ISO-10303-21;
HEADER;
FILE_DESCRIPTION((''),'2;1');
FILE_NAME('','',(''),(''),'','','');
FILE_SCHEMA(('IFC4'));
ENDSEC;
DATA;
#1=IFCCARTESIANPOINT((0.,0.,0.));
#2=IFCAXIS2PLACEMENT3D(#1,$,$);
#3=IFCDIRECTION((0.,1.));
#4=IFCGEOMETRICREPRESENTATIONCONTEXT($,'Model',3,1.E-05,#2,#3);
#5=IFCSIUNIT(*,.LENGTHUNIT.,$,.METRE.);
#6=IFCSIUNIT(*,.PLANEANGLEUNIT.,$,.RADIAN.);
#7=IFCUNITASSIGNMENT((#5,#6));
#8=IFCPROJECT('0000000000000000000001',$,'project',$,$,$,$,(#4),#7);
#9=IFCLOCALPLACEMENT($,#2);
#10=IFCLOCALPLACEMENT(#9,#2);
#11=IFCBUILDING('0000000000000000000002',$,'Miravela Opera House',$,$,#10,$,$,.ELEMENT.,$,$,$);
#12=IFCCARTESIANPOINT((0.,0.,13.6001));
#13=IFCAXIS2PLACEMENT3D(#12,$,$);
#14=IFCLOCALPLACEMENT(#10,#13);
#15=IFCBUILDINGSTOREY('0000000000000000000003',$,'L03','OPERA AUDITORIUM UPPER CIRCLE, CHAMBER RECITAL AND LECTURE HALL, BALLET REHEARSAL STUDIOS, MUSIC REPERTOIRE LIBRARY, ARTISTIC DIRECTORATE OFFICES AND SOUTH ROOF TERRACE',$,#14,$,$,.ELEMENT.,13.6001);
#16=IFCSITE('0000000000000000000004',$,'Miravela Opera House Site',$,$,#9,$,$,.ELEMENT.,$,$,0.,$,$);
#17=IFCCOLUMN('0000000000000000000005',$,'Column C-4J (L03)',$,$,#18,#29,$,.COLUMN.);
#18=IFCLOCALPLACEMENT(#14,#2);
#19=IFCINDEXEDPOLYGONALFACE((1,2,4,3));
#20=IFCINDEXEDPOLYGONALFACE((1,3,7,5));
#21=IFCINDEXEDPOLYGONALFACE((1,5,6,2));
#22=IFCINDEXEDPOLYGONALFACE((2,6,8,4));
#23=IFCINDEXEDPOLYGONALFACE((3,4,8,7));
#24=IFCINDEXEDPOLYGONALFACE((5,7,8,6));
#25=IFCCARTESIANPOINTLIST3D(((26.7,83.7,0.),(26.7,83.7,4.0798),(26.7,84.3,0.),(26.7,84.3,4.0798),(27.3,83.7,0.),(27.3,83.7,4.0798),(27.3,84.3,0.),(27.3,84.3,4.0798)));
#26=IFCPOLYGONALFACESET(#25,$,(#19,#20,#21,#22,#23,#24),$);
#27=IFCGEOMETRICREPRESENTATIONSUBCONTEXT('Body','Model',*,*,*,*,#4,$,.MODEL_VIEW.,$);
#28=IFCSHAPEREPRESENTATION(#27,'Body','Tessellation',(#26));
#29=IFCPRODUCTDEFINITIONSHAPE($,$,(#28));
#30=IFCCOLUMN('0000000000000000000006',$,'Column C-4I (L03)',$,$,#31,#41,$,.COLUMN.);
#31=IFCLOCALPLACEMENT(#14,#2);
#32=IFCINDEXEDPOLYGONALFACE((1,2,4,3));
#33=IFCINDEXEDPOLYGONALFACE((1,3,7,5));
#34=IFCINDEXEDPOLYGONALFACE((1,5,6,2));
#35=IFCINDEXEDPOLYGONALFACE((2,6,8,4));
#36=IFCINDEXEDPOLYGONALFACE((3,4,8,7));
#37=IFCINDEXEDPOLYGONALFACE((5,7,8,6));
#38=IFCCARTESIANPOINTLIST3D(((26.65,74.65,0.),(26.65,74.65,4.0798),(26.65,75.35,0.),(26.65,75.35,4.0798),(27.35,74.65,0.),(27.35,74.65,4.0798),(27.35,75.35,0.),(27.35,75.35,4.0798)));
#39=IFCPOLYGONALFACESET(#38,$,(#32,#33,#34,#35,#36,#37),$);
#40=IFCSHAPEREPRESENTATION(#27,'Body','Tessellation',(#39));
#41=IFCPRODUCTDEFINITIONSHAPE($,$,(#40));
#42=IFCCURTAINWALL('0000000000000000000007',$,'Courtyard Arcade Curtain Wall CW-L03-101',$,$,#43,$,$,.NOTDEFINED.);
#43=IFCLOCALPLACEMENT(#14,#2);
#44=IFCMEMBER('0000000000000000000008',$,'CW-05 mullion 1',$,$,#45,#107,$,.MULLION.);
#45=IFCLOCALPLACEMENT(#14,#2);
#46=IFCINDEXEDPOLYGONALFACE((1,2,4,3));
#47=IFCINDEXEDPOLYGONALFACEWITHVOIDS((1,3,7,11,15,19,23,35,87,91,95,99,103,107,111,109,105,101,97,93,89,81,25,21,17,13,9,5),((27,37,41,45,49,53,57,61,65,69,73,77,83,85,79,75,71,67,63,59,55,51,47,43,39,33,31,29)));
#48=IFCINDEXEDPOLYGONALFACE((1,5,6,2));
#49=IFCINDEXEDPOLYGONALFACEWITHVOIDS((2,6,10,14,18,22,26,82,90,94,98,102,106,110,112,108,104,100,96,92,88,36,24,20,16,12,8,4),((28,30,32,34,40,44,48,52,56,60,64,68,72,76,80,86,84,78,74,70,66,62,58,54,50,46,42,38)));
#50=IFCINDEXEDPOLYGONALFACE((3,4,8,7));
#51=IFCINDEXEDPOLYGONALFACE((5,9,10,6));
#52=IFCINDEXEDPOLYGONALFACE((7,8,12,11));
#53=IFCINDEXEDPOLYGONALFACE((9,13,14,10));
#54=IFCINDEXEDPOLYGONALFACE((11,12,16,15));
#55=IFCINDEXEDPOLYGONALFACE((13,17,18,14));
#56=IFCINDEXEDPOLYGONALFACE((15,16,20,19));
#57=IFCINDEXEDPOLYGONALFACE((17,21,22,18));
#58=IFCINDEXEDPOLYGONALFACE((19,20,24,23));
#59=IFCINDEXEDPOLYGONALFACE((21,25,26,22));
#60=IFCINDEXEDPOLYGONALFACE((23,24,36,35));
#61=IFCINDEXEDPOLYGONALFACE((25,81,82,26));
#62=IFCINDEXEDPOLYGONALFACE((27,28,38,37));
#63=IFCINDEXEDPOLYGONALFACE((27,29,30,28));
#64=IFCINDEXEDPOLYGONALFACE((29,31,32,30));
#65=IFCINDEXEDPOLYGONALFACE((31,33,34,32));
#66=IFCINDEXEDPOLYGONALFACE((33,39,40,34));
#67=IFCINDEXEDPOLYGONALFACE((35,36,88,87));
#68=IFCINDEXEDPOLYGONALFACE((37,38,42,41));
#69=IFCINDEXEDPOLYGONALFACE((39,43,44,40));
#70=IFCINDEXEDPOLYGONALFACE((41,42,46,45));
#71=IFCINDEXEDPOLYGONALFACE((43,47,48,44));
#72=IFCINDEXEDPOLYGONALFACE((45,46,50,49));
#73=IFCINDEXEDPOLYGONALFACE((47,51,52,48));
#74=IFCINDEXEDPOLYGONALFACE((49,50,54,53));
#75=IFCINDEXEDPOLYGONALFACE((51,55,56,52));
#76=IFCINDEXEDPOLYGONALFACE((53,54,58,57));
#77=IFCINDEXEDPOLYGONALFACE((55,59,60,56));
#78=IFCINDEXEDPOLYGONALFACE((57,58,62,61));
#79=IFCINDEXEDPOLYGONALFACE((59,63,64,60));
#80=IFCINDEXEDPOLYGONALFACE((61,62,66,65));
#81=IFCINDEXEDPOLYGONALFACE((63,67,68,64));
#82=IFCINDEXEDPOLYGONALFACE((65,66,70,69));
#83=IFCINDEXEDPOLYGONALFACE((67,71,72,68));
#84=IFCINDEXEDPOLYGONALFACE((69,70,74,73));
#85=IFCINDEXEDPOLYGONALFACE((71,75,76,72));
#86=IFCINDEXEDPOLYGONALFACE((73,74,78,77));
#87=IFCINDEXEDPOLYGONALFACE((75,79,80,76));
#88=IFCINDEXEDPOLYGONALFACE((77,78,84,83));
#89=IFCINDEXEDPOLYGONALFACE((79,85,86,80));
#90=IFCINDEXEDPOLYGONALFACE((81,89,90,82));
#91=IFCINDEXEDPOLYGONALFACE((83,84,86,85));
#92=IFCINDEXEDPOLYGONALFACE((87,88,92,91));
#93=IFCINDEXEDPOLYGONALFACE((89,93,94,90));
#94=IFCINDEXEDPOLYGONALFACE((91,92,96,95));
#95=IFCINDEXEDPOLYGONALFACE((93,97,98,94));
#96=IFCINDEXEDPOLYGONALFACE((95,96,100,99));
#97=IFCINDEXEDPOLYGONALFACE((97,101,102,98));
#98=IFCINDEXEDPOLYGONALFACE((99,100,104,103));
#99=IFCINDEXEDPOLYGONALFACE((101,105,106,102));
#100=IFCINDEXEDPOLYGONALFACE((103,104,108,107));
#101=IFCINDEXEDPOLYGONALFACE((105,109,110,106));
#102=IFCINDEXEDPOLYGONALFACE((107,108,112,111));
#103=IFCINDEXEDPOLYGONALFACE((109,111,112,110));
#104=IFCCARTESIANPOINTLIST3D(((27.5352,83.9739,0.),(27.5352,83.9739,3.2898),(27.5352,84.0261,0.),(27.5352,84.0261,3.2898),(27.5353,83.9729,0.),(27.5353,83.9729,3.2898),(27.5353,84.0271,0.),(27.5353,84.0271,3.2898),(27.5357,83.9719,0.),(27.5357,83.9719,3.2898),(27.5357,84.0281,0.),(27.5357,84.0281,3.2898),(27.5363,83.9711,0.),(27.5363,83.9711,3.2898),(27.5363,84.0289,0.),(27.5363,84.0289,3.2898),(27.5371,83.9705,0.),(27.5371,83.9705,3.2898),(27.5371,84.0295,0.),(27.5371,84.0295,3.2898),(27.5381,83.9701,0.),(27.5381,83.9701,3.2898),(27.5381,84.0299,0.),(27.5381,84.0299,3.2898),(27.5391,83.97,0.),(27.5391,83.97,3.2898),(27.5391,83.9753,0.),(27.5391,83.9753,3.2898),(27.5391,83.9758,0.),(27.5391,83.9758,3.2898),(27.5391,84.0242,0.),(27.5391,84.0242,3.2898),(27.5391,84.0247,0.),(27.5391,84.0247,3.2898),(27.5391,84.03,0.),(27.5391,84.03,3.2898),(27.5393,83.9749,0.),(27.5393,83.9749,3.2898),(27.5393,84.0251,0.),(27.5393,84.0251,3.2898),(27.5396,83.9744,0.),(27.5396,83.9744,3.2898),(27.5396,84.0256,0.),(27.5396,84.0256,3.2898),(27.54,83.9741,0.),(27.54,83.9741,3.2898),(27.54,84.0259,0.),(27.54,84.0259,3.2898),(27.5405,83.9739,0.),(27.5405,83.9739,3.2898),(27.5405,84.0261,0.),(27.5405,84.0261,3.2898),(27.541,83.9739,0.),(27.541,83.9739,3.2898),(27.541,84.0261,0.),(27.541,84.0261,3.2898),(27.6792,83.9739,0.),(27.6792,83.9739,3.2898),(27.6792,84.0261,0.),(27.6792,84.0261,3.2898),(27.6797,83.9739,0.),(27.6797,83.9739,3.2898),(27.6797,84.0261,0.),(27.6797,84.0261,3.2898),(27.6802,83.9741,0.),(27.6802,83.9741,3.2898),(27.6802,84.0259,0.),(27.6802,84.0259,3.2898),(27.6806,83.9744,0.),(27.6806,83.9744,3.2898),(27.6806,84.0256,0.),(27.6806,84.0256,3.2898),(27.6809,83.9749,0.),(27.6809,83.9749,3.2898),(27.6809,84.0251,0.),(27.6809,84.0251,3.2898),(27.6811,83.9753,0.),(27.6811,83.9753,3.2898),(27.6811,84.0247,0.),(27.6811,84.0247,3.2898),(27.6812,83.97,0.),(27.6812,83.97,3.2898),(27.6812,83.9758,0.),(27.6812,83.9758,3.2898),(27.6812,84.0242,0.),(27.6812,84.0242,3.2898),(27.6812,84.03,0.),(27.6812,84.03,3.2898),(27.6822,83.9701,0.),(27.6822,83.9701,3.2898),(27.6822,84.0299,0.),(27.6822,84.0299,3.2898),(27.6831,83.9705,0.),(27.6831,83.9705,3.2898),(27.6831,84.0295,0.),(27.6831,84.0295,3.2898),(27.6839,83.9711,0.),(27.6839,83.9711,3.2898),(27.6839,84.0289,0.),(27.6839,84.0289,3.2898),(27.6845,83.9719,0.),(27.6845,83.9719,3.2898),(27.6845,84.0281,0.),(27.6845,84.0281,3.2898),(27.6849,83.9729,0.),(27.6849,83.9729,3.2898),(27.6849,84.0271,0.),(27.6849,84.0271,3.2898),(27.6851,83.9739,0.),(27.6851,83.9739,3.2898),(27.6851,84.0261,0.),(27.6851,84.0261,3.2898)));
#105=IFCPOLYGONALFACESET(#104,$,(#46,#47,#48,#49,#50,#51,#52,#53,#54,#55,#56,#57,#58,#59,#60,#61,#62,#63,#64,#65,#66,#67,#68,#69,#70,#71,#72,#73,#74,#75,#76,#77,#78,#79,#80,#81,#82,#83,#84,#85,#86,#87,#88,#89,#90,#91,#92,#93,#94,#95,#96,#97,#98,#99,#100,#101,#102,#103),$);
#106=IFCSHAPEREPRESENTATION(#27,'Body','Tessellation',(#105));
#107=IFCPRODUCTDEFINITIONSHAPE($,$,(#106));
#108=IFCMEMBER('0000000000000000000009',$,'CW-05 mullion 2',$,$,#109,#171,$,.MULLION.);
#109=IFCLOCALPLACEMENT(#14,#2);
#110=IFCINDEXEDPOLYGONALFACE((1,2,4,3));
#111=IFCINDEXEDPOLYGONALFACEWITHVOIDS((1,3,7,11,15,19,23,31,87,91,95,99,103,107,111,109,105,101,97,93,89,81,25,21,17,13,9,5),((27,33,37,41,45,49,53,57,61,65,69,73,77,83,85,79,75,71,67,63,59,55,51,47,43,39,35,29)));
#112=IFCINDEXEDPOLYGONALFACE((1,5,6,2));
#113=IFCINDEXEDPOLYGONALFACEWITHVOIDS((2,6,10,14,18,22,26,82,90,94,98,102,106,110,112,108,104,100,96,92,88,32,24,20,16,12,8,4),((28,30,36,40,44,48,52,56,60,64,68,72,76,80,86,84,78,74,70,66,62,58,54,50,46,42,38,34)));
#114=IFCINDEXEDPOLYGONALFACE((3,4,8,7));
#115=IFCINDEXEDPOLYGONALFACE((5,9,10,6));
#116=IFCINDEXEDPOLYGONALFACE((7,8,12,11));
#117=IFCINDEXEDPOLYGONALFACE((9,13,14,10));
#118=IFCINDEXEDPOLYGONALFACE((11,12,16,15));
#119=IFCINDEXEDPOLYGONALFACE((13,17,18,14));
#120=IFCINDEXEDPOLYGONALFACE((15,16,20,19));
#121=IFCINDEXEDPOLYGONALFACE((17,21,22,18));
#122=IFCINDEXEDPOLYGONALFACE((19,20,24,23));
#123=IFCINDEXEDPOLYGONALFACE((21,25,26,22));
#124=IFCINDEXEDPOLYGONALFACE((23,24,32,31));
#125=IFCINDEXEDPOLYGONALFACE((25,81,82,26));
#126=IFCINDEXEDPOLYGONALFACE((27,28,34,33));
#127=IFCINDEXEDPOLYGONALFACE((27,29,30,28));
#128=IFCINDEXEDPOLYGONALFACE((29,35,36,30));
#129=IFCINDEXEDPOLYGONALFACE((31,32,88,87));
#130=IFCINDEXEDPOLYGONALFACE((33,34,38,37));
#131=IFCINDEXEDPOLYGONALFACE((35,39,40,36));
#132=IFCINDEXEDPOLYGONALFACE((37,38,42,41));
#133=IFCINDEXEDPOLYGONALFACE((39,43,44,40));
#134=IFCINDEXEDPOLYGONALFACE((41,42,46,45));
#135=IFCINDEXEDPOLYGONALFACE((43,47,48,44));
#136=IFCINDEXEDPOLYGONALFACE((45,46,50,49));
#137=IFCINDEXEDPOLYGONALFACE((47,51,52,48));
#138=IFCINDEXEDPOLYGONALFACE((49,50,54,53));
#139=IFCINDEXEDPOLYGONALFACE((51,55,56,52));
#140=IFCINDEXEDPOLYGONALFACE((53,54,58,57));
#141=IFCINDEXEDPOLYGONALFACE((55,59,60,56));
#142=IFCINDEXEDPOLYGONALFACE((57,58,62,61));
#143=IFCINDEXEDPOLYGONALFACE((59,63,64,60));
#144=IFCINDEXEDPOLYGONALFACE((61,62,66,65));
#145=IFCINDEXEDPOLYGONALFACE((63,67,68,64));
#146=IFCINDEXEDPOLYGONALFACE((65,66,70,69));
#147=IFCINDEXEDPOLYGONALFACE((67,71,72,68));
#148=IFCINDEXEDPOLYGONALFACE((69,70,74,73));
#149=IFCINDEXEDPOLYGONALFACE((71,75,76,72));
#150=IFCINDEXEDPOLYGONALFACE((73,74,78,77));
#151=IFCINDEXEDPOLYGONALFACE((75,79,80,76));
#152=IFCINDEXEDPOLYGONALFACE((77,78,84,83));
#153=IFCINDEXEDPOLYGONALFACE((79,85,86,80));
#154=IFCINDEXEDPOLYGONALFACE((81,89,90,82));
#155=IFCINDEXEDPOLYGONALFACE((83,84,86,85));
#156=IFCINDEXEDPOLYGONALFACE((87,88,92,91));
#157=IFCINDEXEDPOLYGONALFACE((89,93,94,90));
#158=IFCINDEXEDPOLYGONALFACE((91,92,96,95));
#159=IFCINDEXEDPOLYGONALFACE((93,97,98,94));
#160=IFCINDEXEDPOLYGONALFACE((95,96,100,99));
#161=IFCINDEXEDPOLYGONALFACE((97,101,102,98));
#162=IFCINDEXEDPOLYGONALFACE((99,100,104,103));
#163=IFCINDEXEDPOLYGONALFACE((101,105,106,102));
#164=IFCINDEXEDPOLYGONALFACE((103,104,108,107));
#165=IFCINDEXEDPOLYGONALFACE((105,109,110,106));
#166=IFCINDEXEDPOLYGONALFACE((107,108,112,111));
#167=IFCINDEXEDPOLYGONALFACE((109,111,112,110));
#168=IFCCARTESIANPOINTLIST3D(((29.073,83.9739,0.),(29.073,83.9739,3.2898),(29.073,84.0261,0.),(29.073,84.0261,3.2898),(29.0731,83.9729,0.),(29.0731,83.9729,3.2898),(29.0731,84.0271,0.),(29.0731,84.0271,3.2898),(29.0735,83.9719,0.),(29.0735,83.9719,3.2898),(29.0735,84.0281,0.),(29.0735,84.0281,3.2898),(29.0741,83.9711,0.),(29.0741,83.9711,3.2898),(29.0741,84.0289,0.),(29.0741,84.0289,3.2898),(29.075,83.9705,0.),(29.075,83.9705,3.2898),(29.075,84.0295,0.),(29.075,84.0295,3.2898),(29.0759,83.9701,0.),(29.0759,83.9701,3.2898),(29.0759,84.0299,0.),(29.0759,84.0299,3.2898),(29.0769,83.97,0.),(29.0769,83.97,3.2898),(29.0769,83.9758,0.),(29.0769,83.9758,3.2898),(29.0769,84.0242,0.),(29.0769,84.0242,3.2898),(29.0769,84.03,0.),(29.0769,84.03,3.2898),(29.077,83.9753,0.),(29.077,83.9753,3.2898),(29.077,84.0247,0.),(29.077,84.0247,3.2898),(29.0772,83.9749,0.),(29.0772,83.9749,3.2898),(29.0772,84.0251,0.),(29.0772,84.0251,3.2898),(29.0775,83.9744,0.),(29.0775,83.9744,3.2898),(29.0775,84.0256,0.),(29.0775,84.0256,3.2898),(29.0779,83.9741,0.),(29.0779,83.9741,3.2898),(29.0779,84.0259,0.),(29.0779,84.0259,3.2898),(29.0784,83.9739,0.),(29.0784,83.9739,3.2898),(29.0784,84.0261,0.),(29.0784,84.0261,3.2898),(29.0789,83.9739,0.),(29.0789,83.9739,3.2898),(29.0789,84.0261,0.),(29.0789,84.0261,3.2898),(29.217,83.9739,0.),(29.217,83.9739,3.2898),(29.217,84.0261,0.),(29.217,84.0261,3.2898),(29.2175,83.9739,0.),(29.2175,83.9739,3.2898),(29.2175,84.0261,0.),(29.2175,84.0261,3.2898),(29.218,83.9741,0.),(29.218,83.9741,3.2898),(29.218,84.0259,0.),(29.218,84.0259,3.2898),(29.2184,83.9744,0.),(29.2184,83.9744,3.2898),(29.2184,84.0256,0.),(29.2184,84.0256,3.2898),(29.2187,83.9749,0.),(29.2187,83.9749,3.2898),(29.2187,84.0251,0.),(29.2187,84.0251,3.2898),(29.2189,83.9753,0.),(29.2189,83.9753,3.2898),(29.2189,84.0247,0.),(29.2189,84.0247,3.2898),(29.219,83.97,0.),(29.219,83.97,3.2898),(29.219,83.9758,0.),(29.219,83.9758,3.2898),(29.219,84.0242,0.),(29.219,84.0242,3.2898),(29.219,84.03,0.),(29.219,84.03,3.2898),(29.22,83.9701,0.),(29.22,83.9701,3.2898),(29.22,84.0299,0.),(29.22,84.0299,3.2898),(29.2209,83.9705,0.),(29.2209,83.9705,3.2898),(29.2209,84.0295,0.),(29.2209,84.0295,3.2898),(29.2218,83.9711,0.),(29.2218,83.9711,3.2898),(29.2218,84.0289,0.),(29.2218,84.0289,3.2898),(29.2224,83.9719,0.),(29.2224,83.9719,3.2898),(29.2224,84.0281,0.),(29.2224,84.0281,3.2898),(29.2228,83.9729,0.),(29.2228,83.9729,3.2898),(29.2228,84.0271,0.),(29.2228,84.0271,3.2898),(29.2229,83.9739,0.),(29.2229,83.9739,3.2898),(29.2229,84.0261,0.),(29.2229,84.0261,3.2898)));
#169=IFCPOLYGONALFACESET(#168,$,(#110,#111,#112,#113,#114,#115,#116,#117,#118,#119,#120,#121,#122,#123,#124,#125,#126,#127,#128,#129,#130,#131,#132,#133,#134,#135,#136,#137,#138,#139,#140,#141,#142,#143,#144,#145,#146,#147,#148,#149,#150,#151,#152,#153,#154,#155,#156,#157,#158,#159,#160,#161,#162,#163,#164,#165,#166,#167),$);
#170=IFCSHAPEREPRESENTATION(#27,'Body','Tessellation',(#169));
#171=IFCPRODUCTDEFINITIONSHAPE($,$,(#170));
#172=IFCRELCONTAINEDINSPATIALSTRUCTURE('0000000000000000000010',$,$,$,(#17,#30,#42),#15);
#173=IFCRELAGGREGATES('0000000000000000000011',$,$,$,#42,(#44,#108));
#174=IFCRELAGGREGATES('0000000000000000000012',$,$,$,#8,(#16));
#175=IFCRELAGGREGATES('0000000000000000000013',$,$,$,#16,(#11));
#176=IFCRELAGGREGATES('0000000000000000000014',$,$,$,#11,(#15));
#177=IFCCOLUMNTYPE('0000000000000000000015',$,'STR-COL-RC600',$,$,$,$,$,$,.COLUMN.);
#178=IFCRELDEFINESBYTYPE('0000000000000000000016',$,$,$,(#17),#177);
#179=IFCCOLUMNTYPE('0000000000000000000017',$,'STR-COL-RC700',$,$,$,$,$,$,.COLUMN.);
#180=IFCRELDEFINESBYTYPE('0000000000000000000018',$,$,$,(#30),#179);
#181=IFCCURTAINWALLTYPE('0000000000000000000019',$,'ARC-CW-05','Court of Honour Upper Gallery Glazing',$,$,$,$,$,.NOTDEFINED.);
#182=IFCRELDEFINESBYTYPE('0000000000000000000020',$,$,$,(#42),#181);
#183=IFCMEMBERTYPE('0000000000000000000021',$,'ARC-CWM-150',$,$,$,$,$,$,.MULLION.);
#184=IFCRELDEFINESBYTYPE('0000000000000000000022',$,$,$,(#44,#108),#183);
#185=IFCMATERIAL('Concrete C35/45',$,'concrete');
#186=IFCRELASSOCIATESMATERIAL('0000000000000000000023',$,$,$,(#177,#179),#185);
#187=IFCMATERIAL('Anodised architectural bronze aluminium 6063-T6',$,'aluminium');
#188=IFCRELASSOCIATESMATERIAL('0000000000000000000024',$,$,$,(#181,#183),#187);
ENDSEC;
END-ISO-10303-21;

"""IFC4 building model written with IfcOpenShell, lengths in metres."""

from ifc_helpers import new_model, si_unit, direction, frame, origin, origin_2d, place, context, subcontext, project, spatial, rectangle, hollow_rectangle, extrude, material, material_profile, profile_set, type_object, element, aggregate, save


model = new_model("IFC4")

# Units and contexts
model_context = context("Model", 3, precision=1e-05, world=origin(), true_north=direction((0.0, 1.0)))
body_context = subcontext(model_context, "Body", "Model", "MODEL_VIEW")
ifc_project = project(units=[si_unit("LENGTHUNIT", "METRE"), si_unit("PLANEANGLEUNIT", "RADIAN")], contexts=[model_context])

# Site, building, storey
site_placement = place(None, origin())
site = spatial("IfcSite", under=ifc_project, at=site_placement, Name="Miravela Opera House Site", CompositionType="ELEMENT", RefElevation=0.0)
building_placement = place(site_placement, origin())
building = spatial("IfcBuilding", under=site, at=building_placement, Name="Miravela Opera House", CompositionType="ELEMENT")
storey_placement = place(building_placement, frame((0.0, 0.0, 13.6001)))
storey = spatial("IfcBuildingStorey", under=building, at=storey_placement, Name="L03", Description="OPERA AUDITORIUM UPPER CIRCLE, CHAMBER RECITAL AND LECTURE HALL, BALLET REHEARSAL STUDIOS, MUSIC REPERTOIRE LIBRARY, ARTISTIC DIRECTORATE OFFICES AND SOUTH ROOF TERRACE", CompositionType="ELEMENT", Elevation=13.6001)

# Columns
ifc_material_1 = material(Name="Concrete C35/45", Category="concrete")
ifc_material_profile_1 = material_profile(ifc_material_1, rectangle(XDim=0.6001, YDim=0.6001, at=origin_2d()), Name="RC-COL-600X600")
ifc_profile_set_1 = profile_set([ifc_material_profile_1])
column_type_1 = type_object("IfcColumnType", Name="STR-COL-RC600", PredefinedType="COLUMN", material=ifc_profile_set_1)
column_1_placement = place(storey_placement, frame((27.0, 84.0, 0.0), z_axis=(0.0, 0.0, 1.0), x_axis=(1.0, 0.0, 0.0)))
element("IfcColumn", 1, at=column_1_placement, inside=storey, type_object=column_type_1, Name="Column C-4J (L03)", PredefinedType="COLUMN", context=body_context, shape_type="SweptSolid", body=[
    extrude(rectangle(XDim=0.6001, YDim=0.6001, at=origin_2d()), origin(), (0.0, 0.0, 1.0), 4.0798),
])
ifc_material_profile_2 = material_profile(ifc_material_1, rectangle(XDim=0.7, YDim=0.7, at=origin_2d()), Name="RC-COL-700X700")
ifc_profile_set_2 = profile_set([ifc_material_profile_2])
column_type_2 = type_object("IfcColumnType", Name="STR-COL-RC700", PredefinedType="COLUMN", material=ifc_profile_set_2)
column_2_placement = place(storey_placement, frame((27.0, 75.0, 0.0), z_axis=(0.0, 0.0, 1.0), x_axis=(1.0, 0.0, 0.0)))
element("IfcColumn", 2, at=column_2_placement, inside=storey, type_object=column_type_2, Name="Column C-4I (L03)", PredefinedType="COLUMN", context=body_context, shape_type="SweptSolid", body=[
    extrude(rectangle(XDim=0.7, YDim=0.7, at=origin_2d()), origin(), (0.0, 0.0, 1.0), 4.0798),
])

# Curtain wall, members
ifc_material_2 = material(Name="Anodised architectural bronze aluminium 6063-T6", Category="aluminium")
curtain_wall_type = type_object("IfcCurtainWallType", Name="ARC-CW-05", Description="Court of Honour Upper Gallery Glazing", PredefinedType="NOTDEFINED", material=ifc_material_2)
curtain_wall_placement = place(storey_placement, origin())
curtain_wall = element("IfcCurtainWall", 3, at=curtain_wall_placement, inside=storey, type_object=curtain_wall_type, Name="Courtyard Arcade Curtain Wall CW-L03-101", PredefinedType="NOTDEFINED")
ifc_material_profile_3 = material_profile(ifc_material_2, hollow_rectangle(XDim=0.0601, YDim=0.1499, WallThickness=0.0039, InnerFilletRadius=0.002, OuterFilletRadius=0.0039, at=origin_2d()), Name="CWM-60X150")
ifc_profile_set_3 = profile_set([ifc_material_profile_3])
member_type_1 = type_object("IfcMemberType", Name="ARC-CWM-150", PredefinedType="MULLION", material=ifc_profile_set_3)
member_1_placement = place(storey_placement, frame((27.6101, 84.0, 0.0), z_axis=(0.0, 0.0, 1.0), x_axis=(0.0, 1.0, 0.0)))
member_1 = element("IfcMember", 4, at=member_1_placement, type_object=member_type_1, Name="CW-05 mullion 1", PredefinedType="MULLION", context=body_context, shape_type="SweptSolid", body=[
    extrude(hollow_rectangle(XDim=0.0601, YDim=0.1499, WallThickness=0.0039, InnerFilletRadius=0.002, OuterFilletRadius=0.0039, at=origin_2d()), origin(), (0.0, 0.0, 1.0), 3.2898),
])
member_2_placement = place(storey_placement, frame((29.1479, 84.0, 0.0), z_axis=(0.0, 0.0, 1.0), x_axis=(0.0, 1.0, 0.0)))
member_2 = element("IfcMember", 5, at=member_2_placement, type_object=member_type_1, Name="CW-05 mullion 2", PredefinedType="MULLION", context=body_context, shape_type="SweptSolid", body=[
    extrude(hollow_rectangle(XDim=0.0601, YDim=0.1499, WallThickness=0.0039, InnerFilletRadius=0.002, OuterFilletRadius=0.0039, at=origin_2d()), origin(), (0.0, 0.0, 1.0), 3.2898),
])

aggregate(curtain_wall, [member_1, member_2])

save(model, "model.ifc")
